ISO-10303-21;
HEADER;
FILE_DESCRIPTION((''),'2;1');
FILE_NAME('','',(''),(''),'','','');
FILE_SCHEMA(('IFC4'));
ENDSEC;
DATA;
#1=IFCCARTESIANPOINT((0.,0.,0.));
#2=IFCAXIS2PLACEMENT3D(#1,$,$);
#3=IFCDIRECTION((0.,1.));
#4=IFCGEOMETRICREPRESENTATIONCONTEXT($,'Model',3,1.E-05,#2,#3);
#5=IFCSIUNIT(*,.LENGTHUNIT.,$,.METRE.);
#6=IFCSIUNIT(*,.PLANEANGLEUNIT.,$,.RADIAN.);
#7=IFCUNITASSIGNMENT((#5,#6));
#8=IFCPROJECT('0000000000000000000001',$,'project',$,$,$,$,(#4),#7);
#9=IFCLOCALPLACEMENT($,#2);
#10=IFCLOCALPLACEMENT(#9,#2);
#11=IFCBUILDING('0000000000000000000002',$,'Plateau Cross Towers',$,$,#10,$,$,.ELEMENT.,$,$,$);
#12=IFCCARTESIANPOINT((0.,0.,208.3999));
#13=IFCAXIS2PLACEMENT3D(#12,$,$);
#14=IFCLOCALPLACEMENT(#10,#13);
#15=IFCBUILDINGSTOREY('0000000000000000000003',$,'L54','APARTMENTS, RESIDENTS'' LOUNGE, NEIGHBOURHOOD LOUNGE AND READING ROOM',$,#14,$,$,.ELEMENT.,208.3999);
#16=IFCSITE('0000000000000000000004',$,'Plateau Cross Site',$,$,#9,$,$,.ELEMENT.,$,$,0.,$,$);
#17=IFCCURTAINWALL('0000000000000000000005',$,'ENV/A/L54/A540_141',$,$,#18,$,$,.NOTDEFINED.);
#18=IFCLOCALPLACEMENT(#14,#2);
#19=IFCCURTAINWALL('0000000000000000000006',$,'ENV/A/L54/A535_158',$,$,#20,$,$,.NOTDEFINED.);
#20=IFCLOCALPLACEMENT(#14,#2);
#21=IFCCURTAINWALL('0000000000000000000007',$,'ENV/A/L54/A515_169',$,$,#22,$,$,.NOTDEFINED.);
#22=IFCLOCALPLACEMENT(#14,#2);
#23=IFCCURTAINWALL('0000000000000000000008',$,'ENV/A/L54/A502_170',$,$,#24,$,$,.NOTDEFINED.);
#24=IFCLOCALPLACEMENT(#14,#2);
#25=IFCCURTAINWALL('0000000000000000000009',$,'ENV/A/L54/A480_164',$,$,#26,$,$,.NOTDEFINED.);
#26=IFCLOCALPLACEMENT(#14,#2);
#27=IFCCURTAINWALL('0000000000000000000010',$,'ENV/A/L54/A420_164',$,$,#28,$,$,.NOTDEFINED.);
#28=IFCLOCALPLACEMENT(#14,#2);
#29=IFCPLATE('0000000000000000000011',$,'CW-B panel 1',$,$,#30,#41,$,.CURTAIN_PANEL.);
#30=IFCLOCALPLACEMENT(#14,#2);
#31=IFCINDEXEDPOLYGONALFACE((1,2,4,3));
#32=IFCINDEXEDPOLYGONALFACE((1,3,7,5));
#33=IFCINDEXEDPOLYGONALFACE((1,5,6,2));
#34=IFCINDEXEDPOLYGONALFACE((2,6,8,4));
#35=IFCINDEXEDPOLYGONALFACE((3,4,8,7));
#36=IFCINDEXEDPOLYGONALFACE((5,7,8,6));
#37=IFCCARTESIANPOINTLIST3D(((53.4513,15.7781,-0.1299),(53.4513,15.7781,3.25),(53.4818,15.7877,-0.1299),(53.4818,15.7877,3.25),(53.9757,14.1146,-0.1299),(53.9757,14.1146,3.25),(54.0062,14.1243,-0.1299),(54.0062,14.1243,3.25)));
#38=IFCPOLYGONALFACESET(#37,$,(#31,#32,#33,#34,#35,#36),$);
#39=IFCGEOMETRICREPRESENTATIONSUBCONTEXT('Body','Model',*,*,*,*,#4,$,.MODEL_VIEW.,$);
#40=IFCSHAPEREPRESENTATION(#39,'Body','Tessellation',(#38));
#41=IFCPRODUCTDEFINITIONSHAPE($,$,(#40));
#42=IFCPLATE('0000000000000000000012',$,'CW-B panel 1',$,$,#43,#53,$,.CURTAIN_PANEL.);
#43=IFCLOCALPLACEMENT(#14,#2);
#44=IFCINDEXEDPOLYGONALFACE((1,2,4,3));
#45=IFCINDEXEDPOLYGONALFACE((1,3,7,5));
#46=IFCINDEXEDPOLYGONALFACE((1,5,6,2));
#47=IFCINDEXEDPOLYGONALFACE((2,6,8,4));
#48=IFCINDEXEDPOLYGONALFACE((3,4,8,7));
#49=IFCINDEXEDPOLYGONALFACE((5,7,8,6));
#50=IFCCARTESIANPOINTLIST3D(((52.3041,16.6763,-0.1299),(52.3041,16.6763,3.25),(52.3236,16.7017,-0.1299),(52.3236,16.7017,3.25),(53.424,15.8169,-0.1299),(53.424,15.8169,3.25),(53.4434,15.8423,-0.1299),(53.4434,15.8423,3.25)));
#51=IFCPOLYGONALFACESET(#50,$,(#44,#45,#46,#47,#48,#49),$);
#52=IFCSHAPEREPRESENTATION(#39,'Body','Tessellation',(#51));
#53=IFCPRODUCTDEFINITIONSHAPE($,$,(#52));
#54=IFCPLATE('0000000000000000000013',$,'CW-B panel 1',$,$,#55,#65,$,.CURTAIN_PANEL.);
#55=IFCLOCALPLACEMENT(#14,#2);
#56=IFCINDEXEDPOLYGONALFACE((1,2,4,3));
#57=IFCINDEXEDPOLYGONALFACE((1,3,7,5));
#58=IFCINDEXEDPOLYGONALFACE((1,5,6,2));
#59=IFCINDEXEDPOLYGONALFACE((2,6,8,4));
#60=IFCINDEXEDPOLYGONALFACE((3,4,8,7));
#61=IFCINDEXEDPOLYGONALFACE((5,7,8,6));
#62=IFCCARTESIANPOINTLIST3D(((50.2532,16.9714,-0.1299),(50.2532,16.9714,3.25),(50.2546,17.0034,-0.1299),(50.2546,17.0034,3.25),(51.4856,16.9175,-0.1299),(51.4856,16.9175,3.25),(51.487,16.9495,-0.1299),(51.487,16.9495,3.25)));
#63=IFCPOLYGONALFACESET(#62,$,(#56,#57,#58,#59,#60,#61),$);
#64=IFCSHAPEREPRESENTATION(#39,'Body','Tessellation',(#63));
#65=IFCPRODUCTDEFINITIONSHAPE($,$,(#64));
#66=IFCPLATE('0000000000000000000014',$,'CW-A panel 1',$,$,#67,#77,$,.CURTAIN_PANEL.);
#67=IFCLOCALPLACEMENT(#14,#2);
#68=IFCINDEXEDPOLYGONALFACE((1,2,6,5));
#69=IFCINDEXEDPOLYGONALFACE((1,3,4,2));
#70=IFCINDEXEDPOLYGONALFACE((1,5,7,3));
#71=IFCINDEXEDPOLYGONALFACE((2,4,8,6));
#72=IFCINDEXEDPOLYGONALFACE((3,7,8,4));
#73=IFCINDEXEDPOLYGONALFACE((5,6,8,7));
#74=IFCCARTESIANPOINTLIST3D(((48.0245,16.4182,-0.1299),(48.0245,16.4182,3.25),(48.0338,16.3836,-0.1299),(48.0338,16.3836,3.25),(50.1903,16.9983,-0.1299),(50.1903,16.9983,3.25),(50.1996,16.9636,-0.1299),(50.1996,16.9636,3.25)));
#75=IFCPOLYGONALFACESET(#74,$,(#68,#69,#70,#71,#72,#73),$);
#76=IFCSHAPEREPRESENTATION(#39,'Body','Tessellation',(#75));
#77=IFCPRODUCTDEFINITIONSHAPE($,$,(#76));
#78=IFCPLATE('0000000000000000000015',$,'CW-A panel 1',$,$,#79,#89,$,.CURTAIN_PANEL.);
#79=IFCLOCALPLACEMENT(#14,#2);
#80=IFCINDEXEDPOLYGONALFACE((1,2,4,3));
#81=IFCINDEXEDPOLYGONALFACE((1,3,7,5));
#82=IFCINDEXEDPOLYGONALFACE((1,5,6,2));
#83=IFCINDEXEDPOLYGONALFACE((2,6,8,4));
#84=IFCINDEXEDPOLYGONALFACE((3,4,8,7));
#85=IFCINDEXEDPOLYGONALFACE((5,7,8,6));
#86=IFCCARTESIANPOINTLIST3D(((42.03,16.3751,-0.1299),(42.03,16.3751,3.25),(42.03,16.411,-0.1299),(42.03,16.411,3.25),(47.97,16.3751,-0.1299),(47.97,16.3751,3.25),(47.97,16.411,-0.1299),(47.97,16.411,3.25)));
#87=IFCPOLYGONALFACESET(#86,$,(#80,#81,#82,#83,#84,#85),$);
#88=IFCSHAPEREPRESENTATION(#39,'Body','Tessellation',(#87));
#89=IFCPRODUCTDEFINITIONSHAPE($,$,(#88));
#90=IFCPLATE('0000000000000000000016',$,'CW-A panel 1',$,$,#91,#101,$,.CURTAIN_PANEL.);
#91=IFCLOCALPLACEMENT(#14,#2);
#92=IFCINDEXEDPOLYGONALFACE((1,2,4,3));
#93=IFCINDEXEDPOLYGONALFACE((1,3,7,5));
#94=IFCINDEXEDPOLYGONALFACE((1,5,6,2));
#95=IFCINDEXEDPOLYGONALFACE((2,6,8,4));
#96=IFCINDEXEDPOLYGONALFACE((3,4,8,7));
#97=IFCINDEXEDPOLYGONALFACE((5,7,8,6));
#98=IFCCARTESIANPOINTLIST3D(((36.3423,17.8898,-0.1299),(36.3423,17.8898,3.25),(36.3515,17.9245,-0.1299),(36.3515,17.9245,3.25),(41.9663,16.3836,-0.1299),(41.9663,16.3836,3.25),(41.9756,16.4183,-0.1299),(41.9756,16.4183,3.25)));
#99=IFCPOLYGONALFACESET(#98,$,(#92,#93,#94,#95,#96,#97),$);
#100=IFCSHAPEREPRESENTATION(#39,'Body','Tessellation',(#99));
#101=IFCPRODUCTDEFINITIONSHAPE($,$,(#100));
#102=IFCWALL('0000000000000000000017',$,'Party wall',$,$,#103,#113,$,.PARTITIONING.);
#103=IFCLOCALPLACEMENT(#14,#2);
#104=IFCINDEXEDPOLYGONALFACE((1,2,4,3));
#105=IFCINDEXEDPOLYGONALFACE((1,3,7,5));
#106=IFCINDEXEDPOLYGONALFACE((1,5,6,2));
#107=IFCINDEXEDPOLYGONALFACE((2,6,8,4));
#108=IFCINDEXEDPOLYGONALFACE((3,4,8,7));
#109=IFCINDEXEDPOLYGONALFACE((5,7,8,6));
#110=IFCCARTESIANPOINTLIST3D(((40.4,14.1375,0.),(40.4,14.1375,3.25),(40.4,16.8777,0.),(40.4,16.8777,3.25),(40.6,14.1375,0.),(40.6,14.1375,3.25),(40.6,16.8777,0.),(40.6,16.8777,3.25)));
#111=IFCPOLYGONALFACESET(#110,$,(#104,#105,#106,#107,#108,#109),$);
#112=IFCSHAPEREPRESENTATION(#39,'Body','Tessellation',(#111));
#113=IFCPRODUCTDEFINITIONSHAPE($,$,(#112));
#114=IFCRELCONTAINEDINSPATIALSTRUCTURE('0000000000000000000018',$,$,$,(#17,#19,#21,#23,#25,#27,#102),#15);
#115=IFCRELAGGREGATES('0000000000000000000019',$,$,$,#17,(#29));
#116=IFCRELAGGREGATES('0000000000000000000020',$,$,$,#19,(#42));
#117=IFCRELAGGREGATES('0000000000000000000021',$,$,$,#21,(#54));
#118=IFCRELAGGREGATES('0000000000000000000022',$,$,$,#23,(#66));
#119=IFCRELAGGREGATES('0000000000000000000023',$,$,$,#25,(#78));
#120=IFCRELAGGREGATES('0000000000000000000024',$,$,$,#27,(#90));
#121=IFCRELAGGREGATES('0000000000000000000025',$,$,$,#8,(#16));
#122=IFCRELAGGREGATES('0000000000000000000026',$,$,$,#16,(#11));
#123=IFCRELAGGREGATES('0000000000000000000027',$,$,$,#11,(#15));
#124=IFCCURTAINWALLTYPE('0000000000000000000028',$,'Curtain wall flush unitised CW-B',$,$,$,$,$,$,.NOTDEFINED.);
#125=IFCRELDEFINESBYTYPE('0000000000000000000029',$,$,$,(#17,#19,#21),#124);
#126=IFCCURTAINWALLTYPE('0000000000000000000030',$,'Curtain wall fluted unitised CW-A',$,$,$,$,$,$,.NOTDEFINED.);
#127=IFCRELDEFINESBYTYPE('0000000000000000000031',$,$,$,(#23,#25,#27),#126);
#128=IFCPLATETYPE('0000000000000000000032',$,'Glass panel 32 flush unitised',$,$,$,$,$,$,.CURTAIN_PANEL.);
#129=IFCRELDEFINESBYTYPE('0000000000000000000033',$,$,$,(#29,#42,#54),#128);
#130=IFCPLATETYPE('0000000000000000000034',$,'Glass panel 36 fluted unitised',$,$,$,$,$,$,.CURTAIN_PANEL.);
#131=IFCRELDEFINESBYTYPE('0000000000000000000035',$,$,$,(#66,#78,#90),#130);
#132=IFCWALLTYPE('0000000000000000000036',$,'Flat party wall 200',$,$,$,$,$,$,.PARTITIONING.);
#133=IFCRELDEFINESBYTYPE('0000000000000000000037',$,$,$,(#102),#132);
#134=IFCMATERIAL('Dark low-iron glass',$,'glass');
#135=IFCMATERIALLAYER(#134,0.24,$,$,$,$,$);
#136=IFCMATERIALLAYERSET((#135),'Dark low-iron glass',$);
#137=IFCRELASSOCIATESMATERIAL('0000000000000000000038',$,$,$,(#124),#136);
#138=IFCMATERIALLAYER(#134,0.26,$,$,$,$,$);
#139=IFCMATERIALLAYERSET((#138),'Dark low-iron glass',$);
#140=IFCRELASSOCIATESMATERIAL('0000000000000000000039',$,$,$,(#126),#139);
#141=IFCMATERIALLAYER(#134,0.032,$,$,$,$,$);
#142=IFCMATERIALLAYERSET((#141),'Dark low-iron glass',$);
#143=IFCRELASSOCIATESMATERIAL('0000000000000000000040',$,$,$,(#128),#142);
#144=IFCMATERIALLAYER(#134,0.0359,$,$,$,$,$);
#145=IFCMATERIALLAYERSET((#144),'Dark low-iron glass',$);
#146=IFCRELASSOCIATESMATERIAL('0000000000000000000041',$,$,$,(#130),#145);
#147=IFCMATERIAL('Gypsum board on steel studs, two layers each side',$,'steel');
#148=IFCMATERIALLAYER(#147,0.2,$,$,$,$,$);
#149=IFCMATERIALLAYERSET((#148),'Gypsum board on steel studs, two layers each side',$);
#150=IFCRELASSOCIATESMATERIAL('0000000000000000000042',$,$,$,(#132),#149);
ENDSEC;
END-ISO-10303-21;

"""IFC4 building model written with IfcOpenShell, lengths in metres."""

from ifc_helpers import new_model, si_unit, direction, frame, frame_2d, origin, origin_2d, place, context, subcontext, project, spatial, rectangle, extrude, material, layer, layer_set, type_object, element, aggregate, save


model = new_model("IFC4")

# Units and contexts
model_context = context("Model", 3, precision=1e-05, world=origin(), true_north=direction((0.0, 1.0)))
body_context = subcontext(model_context, "Body", "Model", "MODEL_VIEW")
ifc_project = project(units=[si_unit("LENGTHUNIT", "METRE"), si_unit("PLANEANGLEUNIT", "RADIAN")], contexts=[model_context])

# Site, building, storey
site_placement = place(None, origin())
site = spatial("IfcSite", under=ifc_project, at=site_placement, Name="Plateau Cross Site", CompositionType="ELEMENT", RefElevation=0.0)
building_placement = place(site_placement, origin())
building = spatial("IfcBuilding", under=site, at=building_placement, Name="Plateau Cross Towers", CompositionType="ELEMENT")
storey_placement = place(building_placement, frame((0.0, 0.0, 208.3999)))
storey = spatial("IfcBuildingStorey", under=building, at=storey_placement, Name="L54", Description="APARTMENTS, RESIDENTS' LOUNGE, NEIGHBOURHOOD LOUNGE AND READING ROOM", CompositionType="ELEMENT", Elevation=208.3999)

# Curtain wall
ifc_material_1 = material(Name="Dark low-iron glass", Category="glass")
ifc_layer_1 = layer(ifc_material_1, 0.24)
ifc_layer_set_1 = layer_set([ifc_layer_1], Name="Dark low-iron glass")
curtain_wall_type_1 = type_object("IfcCurtainWallType", Name="Curtain wall flush unitised CW-B", PredefinedType="NOTDEFINED", material=ifc_layer_set_1)
curtain_wall_1_placement = place(storey_placement, origin())
curtain_wall_1 = element("IfcCurtainWall", 1, at=curtain_wall_1_placement, inside=storey, type_object=curtain_wall_type_1, Name="ENV/A/L54/A540_141", PredefinedType="NOTDEFINED")

# Curtain wall
curtain_wall_2_placement = place(storey_placement, origin())
curtain_wall_2 = element("IfcCurtainWall", 2, at=curtain_wall_2_placement, inside=storey, type_object=curtain_wall_type_1, Name="ENV/A/L54/A535_158", PredefinedType="NOTDEFINED")

# Curtain walls
curtain_wall_3_placement = place(storey_placement, origin())
curtain_wall_3 = element("IfcCurtainWall", 3, at=curtain_wall_3_placement, inside=storey, type_object=curtain_wall_type_1, Name="ENV/A/L54/A515_169", PredefinedType="NOTDEFINED")
ifc_layer_2 = layer(ifc_material_1, 0.26)
ifc_layer_set_2 = layer_set([ifc_layer_2], Name="Dark low-iron glass")
curtain_wall_type_2 = type_object("IfcCurtainWallType", Name="Curtain wall fluted unitised CW-A", PredefinedType="NOTDEFINED", material=ifc_layer_set_2)
curtain_wall_4_placement = place(storey_placement, origin())
curtain_wall_4 = element("IfcCurtainWall", 4, at=curtain_wall_4_placement, inside=storey, type_object=curtain_wall_type_2, Name="ENV/A/L54/A502_170", PredefinedType="NOTDEFINED")
curtain_wall_5_placement = place(storey_placement, origin())
curtain_wall_5 = element("IfcCurtainWall", 5, at=curtain_wall_5_placement, inside=storey, type_object=curtain_wall_type_2, Name="ENV/A/L54/A480_164", PredefinedType="NOTDEFINED")
curtain_wall_6_placement = place(storey_placement, origin())
curtain_wall_6 = element("IfcCurtainWall", 6, at=curtain_wall_6_placement, inside=storey, type_object=curtain_wall_type_2, Name="ENV/A/L54/A420_164", PredefinedType="NOTDEFINED")

# Plates
ifc_layer_3 = layer(ifc_material_1, 0.032)
ifc_layer_set_3 = layer_set([ifc_layer_3], Name="Dark low-iron glass")
plate_type_1 = type_object("IfcPlateType", Name="Glass panel 32 flush unitised", PredefinedType="CURTAIN_PANEL", material=ifc_layer_set_3)
plate_1_placement = place(storey_placement, frame((53.7288, 14.9512, -0.1299), z_axis=(0.0, 0.0, 1.0), x_axis=(-0.300686, 0.953723, 0.0)))
plate_1 = element("IfcPlate", 7, at=plate_1_placement, type_object=plate_type_1, Name="CW-B panel 1", PredefinedType="CURTAIN_PANEL", context=body_context, shape_type="SweptSolid", body=[
    extrude(rectangle(XDim=1.7441, YDim=0.032, at=origin_2d()), origin(), (0.0, 0.0, 1.0), 3.3799),
])
aggregate(curtain_wall_1, [plate_1])
plate_2_placement = place(storey_placement, frame((52.8738, 16.2593, -0.1299), z_axis=(0.0, 0.0, 1.0), x_axis=(-0.793316, 0.608811, 0.0)))
plate_2 = element("IfcPlate", 8, at=plate_2_placement, type_object=plate_type_1, Name="CW-B panel 1", PredefinedType="CURTAIN_PANEL", context=body_context, shape_type="SweptSolid", body=[
    extrude(rectangle(XDim=1.4116, YDim=0.032, at=origin_2d()), origin(), (0.0, 0.0, 1.0), 3.3799),
])
aggregate(curtain_wall_2, [plate_2])
plate_3_placement = place(storey_placement, frame((50.8701, 16.9604, -0.1299), z_axis=(0.0, 0.0, 1.0), x_axis=(-0.999044, 0.043723, 0.0)))
plate_3 = element("IfcPlate", 9, at=plate_3_placement, type_object=plate_type_1, Name="CW-B panel 1", PredefinedType="CURTAIN_PANEL", context=body_context, shape_type="SweptSolid", body=[
    extrude(rectangle(XDim=1.2336, YDim=0.032, at=origin_2d()), origin(), (0.0, 0.0, 1.0), 3.3799),
])
aggregate(curtain_wall_3, [plate_3])
ifc_layer_4 = layer(ifc_material_1, 0.0359)
ifc_layer_set_4 = layer_set([ifc_layer_4], Name="Dark low-iron glass")
plate_type_2 = type_object("IfcPlateType", Name="Glass panel 36 fluted unitised", PredefinedType="CURTAIN_PANEL", material=ifc_layer_set_4)
plate_4_placement = place(storey_placement, frame((49.1121, 16.6909, -0.1299), z_axis=(0.0, 0.0, 1.0), x_axis=(-0.965958, -0.258699, 0.0)))
plate_4 = element("IfcPlate", 10, at=plate_4_placement, type_object=plate_type_2, Name="CW-A panel 1", PredefinedType="CURTAIN_PANEL", context=body_context, shape_type="SweptSolid", body=[
    extrude(rectangle(XDim=2.2422, YDim=0.0359, at=origin_2d()), origin(), (0.0, 0.0, 1.0), 3.3799),
])
aggregate(curtain_wall_4, [plate_4])
plate_5_placement = place(storey_placement, frame((45.0, 16.3931, -0.1299), z_axis=(0.0, 0.0, 1.0), x_axis=(-1.0, 0.0, 0.0)))
plate_5 = element("IfcPlate", 11, at=plate_5_placement, type_object=plate_type_2, Name="CW-A panel 1", PredefinedType="CURTAIN_PANEL", context=body_context, shape_type="SweptSolid", body=[
    extrude(rectangle(XDim=5.9399, YDim=0.0359, at=origin_2d()), origin(), (0.0, 0.0, 1.0), 3.3799),
])
aggregate(curtain_wall_5, [plate_5])
plate_6_placement = place(storey_placement, frame((39.1589, 17.1541, -0.1299), z_axis=(0.0, 0.0, 1.0), x_axis=(-0.965958, 0.258699, 0.0)))
plate_6 = element("IfcPlate", 12, at=plate_6_placement, type_object=plate_type_2, Name="CW-A panel 1", PredefinedType="CURTAIN_PANEL", context=body_context, shape_type="SweptSolid", body=[
    extrude(rectangle(XDim=5.8223, YDim=0.0359, at=origin_2d()), origin(), (0.0, 0.0, 1.0), 3.3799),
])
aggregate(curtain_wall_6, [plate_6])

# Wall
ifc_material_2 = material(Name="Gypsum board on steel studs, two layers each side", Category="steel")
ifc_layer_5 = layer(ifc_material_2, 0.2)
ifc_layer_set_5 = layer_set([ifc_layer_5], Name="Gypsum board on steel studs, two layers each side")
wall_type = type_object("IfcWallType", Name="Flat party wall 200", PredefinedType="PARTITIONING", material=ifc_layer_set_5)
wall_placement = place(storey_placement, frame((40.5, 14.1375, 0.0), z_axis=(0.0, 0.0, 1.0), x_axis=(0.0, 1.0, 0.0)))
element("IfcWall", 13, at=wall_placement, inside=storey, type_object=wall_type, Name="Party wall", PredefinedType="PARTITIONING", context=body_context, shape_type="SweptSolid", body=[
    extrude(rectangle(XDim=2.7402, YDim=0.2, at=frame_2d((1.3701, 0.0))), origin(), (0.0, 0.0, 1.0), 3.25),
])

save(model, "model.ifc")
